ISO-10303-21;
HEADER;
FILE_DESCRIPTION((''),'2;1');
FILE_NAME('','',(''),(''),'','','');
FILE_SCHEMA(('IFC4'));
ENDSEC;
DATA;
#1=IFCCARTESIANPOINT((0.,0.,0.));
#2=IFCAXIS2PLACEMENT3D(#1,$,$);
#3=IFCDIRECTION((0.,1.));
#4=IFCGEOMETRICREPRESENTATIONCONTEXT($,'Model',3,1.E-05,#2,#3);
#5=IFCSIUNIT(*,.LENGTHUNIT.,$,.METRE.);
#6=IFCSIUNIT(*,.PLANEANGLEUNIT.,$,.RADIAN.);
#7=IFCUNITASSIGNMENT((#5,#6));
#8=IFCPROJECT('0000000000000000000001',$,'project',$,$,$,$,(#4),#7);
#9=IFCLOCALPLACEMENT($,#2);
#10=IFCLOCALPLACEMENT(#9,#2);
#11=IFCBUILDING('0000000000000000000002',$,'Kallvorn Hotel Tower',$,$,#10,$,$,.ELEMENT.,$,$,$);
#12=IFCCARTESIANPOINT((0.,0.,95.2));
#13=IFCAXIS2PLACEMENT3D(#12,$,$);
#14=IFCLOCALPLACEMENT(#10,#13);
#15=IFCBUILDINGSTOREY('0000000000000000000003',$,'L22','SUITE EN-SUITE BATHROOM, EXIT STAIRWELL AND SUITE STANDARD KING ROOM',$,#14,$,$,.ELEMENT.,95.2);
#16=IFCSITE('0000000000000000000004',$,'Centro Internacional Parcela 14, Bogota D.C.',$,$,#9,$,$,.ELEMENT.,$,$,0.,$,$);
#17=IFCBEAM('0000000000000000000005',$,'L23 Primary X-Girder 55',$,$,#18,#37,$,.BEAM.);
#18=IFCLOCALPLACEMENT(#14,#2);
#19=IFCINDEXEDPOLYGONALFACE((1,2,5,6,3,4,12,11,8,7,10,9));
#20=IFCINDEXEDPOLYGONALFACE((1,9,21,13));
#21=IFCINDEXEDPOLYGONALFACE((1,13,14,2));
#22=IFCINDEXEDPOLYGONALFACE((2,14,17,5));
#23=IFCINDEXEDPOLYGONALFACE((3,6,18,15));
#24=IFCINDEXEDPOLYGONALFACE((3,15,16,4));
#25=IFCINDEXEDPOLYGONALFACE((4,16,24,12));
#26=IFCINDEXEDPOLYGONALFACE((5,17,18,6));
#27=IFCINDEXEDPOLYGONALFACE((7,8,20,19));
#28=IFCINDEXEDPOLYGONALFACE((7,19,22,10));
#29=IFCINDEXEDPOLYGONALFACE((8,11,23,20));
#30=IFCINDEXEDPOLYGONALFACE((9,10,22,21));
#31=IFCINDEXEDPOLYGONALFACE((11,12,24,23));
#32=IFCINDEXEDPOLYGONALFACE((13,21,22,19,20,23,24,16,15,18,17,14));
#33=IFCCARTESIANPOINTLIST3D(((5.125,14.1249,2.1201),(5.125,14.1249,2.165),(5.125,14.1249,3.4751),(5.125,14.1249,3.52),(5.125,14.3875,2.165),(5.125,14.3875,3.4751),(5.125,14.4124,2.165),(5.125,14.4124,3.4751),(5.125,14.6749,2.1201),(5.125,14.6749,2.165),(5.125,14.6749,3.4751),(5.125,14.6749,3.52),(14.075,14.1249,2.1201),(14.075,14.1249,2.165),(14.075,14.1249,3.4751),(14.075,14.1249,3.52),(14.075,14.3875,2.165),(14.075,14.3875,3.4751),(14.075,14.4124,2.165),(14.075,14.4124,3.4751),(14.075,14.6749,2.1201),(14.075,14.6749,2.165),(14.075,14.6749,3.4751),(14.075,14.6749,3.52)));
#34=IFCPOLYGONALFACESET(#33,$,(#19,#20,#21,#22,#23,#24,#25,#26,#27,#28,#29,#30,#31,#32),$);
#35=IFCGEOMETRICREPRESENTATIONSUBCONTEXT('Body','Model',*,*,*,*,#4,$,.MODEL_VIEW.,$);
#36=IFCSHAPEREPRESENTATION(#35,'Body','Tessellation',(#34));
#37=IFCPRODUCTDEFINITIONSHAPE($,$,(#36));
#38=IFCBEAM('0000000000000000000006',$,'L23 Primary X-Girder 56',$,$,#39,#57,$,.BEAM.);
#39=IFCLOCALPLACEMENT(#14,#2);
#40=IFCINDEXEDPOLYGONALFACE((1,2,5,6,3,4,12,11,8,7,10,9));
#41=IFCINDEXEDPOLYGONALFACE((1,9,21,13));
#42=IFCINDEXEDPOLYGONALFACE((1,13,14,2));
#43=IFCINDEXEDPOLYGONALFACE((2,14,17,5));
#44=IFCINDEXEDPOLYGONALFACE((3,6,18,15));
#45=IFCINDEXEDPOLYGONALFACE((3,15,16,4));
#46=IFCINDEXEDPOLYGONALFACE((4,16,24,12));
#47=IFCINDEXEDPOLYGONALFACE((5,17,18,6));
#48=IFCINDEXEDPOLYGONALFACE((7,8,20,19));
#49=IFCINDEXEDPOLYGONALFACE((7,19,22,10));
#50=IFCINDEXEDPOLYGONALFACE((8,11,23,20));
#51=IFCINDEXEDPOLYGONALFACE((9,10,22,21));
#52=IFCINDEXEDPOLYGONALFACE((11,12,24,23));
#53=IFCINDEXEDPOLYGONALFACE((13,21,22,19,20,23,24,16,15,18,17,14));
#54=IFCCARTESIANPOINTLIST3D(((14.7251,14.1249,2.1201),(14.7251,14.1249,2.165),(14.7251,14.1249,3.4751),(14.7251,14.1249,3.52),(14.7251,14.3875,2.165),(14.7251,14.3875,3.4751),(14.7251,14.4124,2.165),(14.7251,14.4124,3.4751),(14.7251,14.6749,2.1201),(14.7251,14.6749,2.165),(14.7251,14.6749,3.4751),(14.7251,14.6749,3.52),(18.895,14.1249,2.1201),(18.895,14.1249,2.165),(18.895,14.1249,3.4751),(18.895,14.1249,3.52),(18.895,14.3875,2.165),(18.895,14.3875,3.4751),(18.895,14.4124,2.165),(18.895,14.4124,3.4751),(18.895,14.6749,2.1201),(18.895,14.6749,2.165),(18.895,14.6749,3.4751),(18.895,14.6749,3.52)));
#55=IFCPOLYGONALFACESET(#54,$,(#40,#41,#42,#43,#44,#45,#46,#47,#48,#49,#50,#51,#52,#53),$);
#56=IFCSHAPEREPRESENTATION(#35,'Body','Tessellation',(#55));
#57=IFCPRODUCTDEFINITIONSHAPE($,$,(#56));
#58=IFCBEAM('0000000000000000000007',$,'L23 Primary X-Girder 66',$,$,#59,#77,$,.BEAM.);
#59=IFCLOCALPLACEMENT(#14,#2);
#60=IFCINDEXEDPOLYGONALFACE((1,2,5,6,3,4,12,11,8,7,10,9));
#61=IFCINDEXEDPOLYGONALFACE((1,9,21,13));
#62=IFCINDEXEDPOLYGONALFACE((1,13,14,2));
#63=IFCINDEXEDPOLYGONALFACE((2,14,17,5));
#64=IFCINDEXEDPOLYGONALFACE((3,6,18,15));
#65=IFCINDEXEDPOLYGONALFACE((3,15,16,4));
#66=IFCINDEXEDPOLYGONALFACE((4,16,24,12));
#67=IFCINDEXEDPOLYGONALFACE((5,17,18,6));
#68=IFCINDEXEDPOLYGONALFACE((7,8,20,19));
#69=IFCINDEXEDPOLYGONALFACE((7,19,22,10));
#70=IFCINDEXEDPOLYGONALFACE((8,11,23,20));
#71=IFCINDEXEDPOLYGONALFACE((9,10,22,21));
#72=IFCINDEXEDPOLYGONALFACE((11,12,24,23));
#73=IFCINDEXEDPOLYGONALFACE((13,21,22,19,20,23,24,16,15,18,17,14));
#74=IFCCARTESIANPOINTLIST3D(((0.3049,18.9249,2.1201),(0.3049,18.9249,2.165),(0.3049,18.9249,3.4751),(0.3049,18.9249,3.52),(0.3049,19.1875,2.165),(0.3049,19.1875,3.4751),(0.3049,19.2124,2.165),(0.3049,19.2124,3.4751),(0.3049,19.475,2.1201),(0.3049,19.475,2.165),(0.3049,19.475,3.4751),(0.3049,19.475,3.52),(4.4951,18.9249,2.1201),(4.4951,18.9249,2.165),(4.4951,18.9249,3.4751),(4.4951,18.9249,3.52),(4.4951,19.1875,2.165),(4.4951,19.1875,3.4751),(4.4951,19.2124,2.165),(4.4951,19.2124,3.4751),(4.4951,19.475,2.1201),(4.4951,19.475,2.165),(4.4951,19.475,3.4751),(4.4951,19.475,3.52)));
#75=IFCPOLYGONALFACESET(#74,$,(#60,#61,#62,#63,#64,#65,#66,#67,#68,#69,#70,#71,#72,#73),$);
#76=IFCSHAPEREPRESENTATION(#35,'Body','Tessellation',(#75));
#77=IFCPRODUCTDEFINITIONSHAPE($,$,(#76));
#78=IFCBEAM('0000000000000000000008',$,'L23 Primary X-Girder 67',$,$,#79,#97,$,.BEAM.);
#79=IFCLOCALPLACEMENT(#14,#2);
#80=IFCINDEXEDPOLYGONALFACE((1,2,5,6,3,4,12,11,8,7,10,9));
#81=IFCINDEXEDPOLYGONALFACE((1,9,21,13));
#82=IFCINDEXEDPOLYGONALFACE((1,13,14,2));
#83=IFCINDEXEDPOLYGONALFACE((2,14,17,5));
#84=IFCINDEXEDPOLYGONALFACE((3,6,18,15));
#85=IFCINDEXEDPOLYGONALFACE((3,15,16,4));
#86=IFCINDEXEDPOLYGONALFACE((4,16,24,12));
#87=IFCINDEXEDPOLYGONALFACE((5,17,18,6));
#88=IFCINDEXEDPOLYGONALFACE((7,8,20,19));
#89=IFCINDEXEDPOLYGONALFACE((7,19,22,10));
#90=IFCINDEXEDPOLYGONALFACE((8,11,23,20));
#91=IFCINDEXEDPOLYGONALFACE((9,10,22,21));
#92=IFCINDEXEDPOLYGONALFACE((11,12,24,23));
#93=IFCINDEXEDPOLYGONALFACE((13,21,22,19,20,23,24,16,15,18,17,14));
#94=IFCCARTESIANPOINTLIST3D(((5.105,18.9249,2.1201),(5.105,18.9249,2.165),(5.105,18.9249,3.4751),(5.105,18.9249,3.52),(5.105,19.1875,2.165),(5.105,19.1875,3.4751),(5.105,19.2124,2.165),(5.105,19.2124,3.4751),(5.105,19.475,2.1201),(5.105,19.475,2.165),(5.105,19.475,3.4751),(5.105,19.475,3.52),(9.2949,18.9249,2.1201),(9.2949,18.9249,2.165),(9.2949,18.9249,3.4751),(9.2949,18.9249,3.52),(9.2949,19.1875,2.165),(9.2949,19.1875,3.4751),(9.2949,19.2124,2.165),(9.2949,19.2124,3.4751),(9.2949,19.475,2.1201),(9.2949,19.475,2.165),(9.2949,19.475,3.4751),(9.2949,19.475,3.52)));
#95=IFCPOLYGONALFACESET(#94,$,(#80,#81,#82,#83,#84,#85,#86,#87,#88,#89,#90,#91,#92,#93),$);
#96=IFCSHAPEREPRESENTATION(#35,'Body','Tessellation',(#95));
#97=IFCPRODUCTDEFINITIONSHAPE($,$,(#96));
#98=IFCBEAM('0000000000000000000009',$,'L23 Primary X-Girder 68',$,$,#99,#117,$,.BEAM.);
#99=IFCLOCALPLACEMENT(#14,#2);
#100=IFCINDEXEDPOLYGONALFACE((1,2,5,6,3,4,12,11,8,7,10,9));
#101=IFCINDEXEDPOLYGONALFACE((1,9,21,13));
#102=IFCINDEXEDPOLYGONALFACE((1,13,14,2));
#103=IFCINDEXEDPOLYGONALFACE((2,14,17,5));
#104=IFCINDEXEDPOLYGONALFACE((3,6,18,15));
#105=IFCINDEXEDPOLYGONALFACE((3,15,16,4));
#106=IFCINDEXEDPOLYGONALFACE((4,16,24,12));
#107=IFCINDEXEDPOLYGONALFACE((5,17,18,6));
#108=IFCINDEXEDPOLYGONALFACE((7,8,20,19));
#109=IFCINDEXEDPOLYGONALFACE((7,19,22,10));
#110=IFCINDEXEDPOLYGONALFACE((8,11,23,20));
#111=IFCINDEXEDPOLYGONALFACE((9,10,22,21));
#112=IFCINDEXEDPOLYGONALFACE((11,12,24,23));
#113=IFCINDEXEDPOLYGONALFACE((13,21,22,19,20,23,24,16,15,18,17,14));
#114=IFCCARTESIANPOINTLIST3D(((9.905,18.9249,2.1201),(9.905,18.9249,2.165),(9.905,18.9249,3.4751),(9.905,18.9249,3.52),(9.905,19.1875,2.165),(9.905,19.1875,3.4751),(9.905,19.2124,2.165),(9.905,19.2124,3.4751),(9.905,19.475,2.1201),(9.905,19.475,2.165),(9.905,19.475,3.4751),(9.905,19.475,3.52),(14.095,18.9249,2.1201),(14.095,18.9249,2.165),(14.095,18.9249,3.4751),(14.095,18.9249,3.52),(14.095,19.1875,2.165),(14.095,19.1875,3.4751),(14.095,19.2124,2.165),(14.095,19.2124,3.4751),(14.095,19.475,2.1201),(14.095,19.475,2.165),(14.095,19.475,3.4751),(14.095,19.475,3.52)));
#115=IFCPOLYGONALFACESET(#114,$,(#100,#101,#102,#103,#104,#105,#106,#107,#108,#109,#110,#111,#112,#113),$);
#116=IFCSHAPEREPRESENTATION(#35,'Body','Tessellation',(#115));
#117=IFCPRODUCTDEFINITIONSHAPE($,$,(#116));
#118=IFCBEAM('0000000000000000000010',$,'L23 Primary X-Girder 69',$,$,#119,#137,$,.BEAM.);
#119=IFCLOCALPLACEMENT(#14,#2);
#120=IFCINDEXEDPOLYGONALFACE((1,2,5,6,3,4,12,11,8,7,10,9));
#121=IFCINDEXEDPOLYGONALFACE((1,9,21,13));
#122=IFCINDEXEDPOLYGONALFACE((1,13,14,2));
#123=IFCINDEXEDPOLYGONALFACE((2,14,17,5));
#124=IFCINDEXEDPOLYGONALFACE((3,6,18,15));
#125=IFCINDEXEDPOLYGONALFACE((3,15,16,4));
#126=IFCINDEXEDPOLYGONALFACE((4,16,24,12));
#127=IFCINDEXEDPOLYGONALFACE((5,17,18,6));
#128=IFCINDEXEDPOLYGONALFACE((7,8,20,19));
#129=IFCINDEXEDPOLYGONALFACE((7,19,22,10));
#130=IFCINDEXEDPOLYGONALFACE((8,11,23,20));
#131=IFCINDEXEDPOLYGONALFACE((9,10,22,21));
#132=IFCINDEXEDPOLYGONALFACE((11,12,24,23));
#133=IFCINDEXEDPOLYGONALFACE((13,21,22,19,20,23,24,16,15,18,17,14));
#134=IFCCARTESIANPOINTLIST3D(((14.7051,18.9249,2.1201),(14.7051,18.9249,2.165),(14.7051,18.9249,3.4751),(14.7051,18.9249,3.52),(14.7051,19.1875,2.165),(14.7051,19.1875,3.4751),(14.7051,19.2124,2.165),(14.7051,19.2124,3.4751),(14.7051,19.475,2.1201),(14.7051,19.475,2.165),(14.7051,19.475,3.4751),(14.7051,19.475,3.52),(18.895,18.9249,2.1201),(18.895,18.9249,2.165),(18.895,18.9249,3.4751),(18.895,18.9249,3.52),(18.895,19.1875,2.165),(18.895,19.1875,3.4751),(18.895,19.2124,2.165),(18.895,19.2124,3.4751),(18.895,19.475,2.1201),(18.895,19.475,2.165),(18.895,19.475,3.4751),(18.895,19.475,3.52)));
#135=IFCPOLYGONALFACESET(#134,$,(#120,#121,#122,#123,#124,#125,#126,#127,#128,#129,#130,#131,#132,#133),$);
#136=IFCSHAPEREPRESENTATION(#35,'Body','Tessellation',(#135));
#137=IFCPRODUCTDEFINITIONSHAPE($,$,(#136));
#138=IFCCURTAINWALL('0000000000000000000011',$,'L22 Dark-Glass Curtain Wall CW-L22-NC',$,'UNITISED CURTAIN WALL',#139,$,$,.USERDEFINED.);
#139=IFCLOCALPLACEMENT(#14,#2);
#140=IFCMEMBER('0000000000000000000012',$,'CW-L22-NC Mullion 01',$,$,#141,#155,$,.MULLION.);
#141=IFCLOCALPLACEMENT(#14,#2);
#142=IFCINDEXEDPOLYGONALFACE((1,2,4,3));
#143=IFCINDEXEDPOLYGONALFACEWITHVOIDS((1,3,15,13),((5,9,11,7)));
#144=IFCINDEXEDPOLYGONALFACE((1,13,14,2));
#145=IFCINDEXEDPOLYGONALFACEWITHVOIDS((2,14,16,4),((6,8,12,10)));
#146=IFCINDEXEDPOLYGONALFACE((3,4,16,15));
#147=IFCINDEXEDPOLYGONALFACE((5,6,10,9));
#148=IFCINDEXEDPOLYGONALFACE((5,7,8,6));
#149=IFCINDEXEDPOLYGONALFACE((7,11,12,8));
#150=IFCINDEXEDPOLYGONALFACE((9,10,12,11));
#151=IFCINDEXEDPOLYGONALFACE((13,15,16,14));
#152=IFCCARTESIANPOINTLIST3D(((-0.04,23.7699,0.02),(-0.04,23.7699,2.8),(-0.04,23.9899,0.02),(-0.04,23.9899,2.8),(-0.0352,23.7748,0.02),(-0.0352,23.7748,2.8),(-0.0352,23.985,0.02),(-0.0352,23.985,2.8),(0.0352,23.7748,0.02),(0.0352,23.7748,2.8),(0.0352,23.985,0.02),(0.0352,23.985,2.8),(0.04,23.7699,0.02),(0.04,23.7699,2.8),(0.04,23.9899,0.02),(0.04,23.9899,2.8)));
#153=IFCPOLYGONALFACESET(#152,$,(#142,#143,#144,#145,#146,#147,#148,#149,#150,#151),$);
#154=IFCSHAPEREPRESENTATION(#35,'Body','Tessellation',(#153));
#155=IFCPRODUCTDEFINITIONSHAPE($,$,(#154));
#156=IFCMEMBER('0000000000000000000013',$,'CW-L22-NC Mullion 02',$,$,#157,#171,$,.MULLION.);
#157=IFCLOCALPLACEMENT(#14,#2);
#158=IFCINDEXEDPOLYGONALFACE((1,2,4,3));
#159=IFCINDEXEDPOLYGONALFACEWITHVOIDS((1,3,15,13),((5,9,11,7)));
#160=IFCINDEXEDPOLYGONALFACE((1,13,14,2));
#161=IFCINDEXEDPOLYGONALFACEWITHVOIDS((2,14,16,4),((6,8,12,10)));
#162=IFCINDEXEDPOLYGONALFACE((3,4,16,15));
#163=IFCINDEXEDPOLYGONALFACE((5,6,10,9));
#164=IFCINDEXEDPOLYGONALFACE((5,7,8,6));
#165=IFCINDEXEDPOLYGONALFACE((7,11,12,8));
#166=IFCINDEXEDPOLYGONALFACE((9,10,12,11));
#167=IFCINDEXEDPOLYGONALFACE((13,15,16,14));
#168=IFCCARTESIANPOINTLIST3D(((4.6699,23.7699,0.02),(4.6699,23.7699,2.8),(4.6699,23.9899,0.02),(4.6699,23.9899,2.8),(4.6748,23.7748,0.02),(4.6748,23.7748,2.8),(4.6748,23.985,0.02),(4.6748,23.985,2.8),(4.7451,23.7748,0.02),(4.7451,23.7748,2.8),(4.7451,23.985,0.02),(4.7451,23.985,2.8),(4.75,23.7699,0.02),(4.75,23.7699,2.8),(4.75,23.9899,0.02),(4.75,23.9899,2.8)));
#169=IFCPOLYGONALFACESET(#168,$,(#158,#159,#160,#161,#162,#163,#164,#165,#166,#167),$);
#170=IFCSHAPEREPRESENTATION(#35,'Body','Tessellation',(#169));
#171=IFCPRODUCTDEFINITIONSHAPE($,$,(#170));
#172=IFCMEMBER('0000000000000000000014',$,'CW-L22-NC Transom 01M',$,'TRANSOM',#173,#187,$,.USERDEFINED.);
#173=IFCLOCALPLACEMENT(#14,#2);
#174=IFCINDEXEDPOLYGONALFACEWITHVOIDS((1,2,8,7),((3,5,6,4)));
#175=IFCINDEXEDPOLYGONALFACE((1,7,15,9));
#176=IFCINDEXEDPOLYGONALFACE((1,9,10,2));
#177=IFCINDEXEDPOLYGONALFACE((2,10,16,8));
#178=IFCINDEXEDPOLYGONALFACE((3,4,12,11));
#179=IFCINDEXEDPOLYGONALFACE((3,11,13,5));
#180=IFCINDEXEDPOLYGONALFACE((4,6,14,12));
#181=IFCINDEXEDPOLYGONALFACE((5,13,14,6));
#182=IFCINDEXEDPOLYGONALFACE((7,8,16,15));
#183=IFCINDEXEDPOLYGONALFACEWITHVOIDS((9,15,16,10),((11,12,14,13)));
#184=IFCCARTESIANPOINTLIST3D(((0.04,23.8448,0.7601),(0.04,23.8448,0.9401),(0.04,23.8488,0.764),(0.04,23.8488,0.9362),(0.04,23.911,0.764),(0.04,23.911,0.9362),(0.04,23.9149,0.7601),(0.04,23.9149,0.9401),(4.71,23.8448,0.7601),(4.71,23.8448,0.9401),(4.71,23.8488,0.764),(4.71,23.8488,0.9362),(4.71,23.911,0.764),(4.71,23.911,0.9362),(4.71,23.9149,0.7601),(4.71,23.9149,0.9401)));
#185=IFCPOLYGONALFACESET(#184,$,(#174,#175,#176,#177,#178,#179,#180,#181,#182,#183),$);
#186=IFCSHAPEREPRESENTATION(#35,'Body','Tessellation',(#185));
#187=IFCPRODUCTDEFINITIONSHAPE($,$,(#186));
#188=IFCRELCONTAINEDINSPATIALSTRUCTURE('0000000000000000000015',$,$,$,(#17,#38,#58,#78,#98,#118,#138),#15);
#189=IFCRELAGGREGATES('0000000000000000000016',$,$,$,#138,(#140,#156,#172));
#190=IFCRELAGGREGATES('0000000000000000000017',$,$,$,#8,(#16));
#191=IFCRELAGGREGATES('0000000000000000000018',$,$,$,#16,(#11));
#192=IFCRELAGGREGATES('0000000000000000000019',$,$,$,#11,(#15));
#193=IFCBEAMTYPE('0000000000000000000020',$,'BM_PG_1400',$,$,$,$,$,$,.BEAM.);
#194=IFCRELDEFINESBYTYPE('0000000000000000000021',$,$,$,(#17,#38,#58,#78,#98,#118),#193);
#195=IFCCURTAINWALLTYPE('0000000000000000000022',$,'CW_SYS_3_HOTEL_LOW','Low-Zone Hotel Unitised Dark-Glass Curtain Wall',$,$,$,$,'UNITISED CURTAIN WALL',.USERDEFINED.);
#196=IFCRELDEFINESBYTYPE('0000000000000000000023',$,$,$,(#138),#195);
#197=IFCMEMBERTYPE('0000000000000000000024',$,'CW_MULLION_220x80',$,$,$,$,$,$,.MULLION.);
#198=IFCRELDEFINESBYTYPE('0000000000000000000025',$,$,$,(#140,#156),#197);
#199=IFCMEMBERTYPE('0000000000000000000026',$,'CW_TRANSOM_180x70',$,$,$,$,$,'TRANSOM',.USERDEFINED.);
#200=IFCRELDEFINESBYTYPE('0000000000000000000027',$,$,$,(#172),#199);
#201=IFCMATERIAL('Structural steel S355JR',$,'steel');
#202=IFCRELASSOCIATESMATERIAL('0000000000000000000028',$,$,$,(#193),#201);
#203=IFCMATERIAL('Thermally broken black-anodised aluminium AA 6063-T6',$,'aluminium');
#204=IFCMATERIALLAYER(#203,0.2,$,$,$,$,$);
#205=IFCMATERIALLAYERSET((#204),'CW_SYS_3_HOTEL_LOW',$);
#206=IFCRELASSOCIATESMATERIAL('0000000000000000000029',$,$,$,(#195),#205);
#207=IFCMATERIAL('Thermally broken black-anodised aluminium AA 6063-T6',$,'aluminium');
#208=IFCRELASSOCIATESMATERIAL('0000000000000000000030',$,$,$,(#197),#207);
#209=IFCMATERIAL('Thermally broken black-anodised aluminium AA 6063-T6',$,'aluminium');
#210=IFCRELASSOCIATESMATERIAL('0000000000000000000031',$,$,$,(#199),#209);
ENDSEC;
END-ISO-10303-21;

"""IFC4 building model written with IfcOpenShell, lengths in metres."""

from ifc_helpers import new_model, si_unit, direction, frame, origin, origin_2d, place, context, subcontext, project, spatial, hollow_rectangle, i_section, extrude, material, layer, layer_set, material_profile, profile_set, type_object, element, aggregate, save


model = new_model("IFC4")

# Units and contexts
model_context = context("Model", 3, precision=1e-05, world=origin(), true_north=direction((0.0, 1.0)))
body_context = subcontext(model_context, "Body", "Model", "MODEL_VIEW")
ifc_project = project(units=[si_unit("LENGTHUNIT", "METRE"), si_unit("PLANEANGLEUNIT", "RADIAN")], contexts=[model_context])

# Site, building, storey
site_placement = place(None, origin())
site = spatial("IfcSite", under=ifc_project, at=site_placement, Name="Centro Internacional Parcela 14, Bogota D.C.", CompositionType="ELEMENT", RefElevation=0.0)
building_placement = place(site_placement, origin())
building = spatial("IfcBuilding", under=site, at=building_placement, Name="Kallvorn Hotel Tower", CompositionType="ELEMENT")
storey_placement = place(building_placement, frame((0.0, 0.0, 95.2)))
storey = spatial("IfcBuildingStorey", under=building, at=storey_placement, Name="L22", Description="SUITE EN-SUITE BATHROOM, EXIT STAIRWELL AND SUITE STANDARD KING ROOM", CompositionType="ELEMENT", Elevation=95.2)

# Beams
ifc_material_1 = material(Name="Structural steel S355JR", Category="steel")
ifc_material_profile_1 = material_profile(ifc_material_1, i_section(OverallWidth=0.55, OverallDepth=1.3999, WebThickness=0.0249, FlangeThickness=0.0449, at=origin_2d()), Name="PG 1400x550x25x45")
ifc_profile_set_1 = profile_set([ifc_material_profile_1], Name="Structural steel S355JR")
beam_type_1 = type_object("IfcBeamType", Name="BM_PG_1400", PredefinedType="BEAM", material=ifc_profile_set_1)
beam_1_placement = place(storey_placement, frame((5.125, 14.3999, 2.8201), z_axis=(1.0, 0.0, 0.0), x_axis=(0.0, 1.0, 0.0)))
element("IfcBeam", 1, at=beam_1_placement, inside=storey, type_object=beam_type_1, Name="L23 Primary X-Girder 55", PredefinedType="BEAM", context=body_context, shape_type="SweptSolid", body=[
    extrude(i_section(OverallWidth=0.55, OverallDepth=1.3999, WebThickness=0.0249, FlangeThickness=0.0449, at=origin_2d()), origin(), (0.0, 0.0, 1.0), 8.95),
])
beam_2_placement = place(storey_placement, frame((14.7251, 14.3999, 2.8201), z_axis=(1.0, 0.0, 0.0), x_axis=(0.0, 1.0, 0.0)))
element("IfcBeam", 2, at=beam_2_placement, inside=storey, type_object=beam_type_1, Name="L23 Primary X-Girder 56", PredefinedType="BEAM", context=body_context, shape_type="SweptSolid", body=[
    extrude(i_section(OverallWidth=0.55, OverallDepth=1.3999, WebThickness=0.0249, FlangeThickness=0.0449, at=origin_2d()), origin(), (0.0, 0.0, 1.0), 4.1699),
])
beam_3_placement = place(storey_placement, frame((0.3049, 19.2, 2.8201), z_axis=(1.0, 0.0, 0.0), x_axis=(0.0, 1.0, 0.0)))
element("IfcBeam", 3, at=beam_3_placement, inside=storey, type_object=beam_type_1, Name="L23 Primary X-Girder 66", PredefinedType="BEAM", context=body_context, shape_type="SweptSolid", body=[
    extrude(i_section(OverallWidth=0.55, OverallDepth=1.3999, WebThickness=0.0249, FlangeThickness=0.0449, at=origin_2d()), origin(), (0.0, 0.0, 1.0), 4.1902),
])
for number, where, z_axis, x_axis, name in (
    (4, (5.105, 19.2, 2.8201), (1.0, 0.0, 0.0), (0.0, 1.0, 0.0), "L23 Primary X-Girder 67"),
    (5, (9.905, 19.2, 2.8201), (1.0, 0.0, 0.0), (0.0, 1.0, 0.0), "L23 Primary X-Girder 68"),
    (6, (14.7051, 19.2, 2.8201), (1.0, 0.0, 0.0), (0.0, 1.0, 0.0), "L23 Primary X-Girder 69"),
):
    element("IfcBeam", number, at=place(storey_placement, frame(where, z_axis=z_axis, x_axis=x_axis)), inside=storey, type_object=beam_type_1, Name=name, PredefinedType="BEAM", context=body_context, shape_type="SweptSolid", body=[
        extrude(i_section(OverallWidth=0.55, OverallDepth=1.3999, WebThickness=0.0249, FlangeThickness=0.0449, at=origin_2d()), origin(), (0.0, 0.0, 1.0), 4.1899),
    ])

# Curtain wall, members
ifc_material_2 = material(Name="Thermally broken black-anodised aluminium AA 6063-T6", Category="aluminium")
ifc_layer_1 = layer(ifc_material_2, 0.2)
ifc_layer_set_1 = layer_set([ifc_layer_1], Name="CW_SYS_3_HOTEL_LOW")
curtain_wall_type = type_object("IfcCurtainWallType", Name="CW_SYS_3_HOTEL_LOW", Description="Low-Zone Hotel Unitised Dark-Glass Curtain Wall", ElementType="UNITISED CURTAIN WALL", PredefinedType="USERDEFINED", material=ifc_layer_set_1)
curtain_wall_placement = place(storey_placement, origin())
curtain_wall = element("IfcCurtainWall", 7, at=curtain_wall_placement, inside=storey, type_object=curtain_wall_type, Name="L22 Dark-Glass Curtain Wall CW-L22-NC", ObjectType="UNITISED CURTAIN WALL", PredefinedType="USERDEFINED")
ifc_material_3 = material(Name="Thermally broken black-anodised aluminium AA 6063-T6", Category="aluminium")
ifc_material_profile_2 = material_profile(ifc_material_3, hollow_rectangle(XDim=0.0801, YDim=0.22, WallThickness=0.0049, at=origin_2d()), Name="MUL 220x80")
ifc_profile_set_2 = profile_set([ifc_material_profile_2], Name="Thermally broken black-anodised aluminium AA 6063-T6")
member_type_1 = type_object("IfcMemberType", Name="CW_MULLION_220x80", PredefinedType="MULLION", material=ifc_profile_set_2)
member_1_placement = place(storey_placement, frame((0.0, 23.8799, 0.02), z_axis=(0.0, 0.0, 1.0), x_axis=(1.0, 0.0, 0.0)))
member_1 = element("IfcMember", 8, at=member_1_placement, type_object=member_type_1, Name="CW-L22-NC Mullion 01", PredefinedType="MULLION", context=body_context, shape_type="SweptSolid", body=[
    extrude(hollow_rectangle(XDim=0.0801, YDim=0.22, WallThickness=0.0049, at=origin_2d()), origin(), (0.0, 0.0, 1.0), 2.78),
])
member_2_placement = place(storey_placement, frame((4.71, 23.8799, 0.02), z_axis=(0.0, 0.0, 1.0), x_axis=(1.0, 0.0, 0.0)))
member_2 = element("IfcMember", 9, at=member_2_placement, type_object=member_type_1, Name="CW-L22-NC Mullion 02", PredefinedType="MULLION", context=body_context, shape_type="SweptSolid", body=[
    extrude(hollow_rectangle(XDim=0.0801, YDim=0.22, WallThickness=0.0049, at=origin_2d()), origin(), (0.0, 0.0, 1.0), 2.78),
])
ifc_material_4 = material(Name="Thermally broken black-anodised aluminium AA 6063-T6", Category="aluminium")
ifc_material_profile_3 = material_profile(ifc_material_4, hollow_rectangle(XDim=0.0701, YDim=0.1799, WallThickness=0.0039, at=origin_2d()), Name="TRN 180x70")
ifc_profile_set_3 = profile_set([ifc_material_profile_3], Name="Thermally broken black-anodised aluminium AA 6063-T6")
member_type_2 = type_object("IfcMemberType", Name="CW_TRANSOM_180x70", ElementType="TRANSOM", PredefinedType="USERDEFINED", material=ifc_profile_set_3)
member_3_placement = place(storey_placement, frame((0.04, 23.8799, 0.8501), z_axis=(1.0, 0.0, 0.0), x_axis=(0.0, 1.0, 0.0)))
member_3 = element("IfcMember", 10, at=member_3_placement, type_object=member_type_2, Name="CW-L22-NC Transom 01M", ObjectType="TRANSOM", PredefinedType="USERDEFINED", context=body_context, shape_type="SweptSolid", body=[
    extrude(hollow_rectangle(XDim=0.0701, YDim=0.1799, WallThickness=0.0039, at=origin_2d()), origin(), (0.0, 0.0, 1.0), 4.6699),
])
aggregate(curtain_wall, [member_1, member_2, member_3])

save(model, "model.ifc")
